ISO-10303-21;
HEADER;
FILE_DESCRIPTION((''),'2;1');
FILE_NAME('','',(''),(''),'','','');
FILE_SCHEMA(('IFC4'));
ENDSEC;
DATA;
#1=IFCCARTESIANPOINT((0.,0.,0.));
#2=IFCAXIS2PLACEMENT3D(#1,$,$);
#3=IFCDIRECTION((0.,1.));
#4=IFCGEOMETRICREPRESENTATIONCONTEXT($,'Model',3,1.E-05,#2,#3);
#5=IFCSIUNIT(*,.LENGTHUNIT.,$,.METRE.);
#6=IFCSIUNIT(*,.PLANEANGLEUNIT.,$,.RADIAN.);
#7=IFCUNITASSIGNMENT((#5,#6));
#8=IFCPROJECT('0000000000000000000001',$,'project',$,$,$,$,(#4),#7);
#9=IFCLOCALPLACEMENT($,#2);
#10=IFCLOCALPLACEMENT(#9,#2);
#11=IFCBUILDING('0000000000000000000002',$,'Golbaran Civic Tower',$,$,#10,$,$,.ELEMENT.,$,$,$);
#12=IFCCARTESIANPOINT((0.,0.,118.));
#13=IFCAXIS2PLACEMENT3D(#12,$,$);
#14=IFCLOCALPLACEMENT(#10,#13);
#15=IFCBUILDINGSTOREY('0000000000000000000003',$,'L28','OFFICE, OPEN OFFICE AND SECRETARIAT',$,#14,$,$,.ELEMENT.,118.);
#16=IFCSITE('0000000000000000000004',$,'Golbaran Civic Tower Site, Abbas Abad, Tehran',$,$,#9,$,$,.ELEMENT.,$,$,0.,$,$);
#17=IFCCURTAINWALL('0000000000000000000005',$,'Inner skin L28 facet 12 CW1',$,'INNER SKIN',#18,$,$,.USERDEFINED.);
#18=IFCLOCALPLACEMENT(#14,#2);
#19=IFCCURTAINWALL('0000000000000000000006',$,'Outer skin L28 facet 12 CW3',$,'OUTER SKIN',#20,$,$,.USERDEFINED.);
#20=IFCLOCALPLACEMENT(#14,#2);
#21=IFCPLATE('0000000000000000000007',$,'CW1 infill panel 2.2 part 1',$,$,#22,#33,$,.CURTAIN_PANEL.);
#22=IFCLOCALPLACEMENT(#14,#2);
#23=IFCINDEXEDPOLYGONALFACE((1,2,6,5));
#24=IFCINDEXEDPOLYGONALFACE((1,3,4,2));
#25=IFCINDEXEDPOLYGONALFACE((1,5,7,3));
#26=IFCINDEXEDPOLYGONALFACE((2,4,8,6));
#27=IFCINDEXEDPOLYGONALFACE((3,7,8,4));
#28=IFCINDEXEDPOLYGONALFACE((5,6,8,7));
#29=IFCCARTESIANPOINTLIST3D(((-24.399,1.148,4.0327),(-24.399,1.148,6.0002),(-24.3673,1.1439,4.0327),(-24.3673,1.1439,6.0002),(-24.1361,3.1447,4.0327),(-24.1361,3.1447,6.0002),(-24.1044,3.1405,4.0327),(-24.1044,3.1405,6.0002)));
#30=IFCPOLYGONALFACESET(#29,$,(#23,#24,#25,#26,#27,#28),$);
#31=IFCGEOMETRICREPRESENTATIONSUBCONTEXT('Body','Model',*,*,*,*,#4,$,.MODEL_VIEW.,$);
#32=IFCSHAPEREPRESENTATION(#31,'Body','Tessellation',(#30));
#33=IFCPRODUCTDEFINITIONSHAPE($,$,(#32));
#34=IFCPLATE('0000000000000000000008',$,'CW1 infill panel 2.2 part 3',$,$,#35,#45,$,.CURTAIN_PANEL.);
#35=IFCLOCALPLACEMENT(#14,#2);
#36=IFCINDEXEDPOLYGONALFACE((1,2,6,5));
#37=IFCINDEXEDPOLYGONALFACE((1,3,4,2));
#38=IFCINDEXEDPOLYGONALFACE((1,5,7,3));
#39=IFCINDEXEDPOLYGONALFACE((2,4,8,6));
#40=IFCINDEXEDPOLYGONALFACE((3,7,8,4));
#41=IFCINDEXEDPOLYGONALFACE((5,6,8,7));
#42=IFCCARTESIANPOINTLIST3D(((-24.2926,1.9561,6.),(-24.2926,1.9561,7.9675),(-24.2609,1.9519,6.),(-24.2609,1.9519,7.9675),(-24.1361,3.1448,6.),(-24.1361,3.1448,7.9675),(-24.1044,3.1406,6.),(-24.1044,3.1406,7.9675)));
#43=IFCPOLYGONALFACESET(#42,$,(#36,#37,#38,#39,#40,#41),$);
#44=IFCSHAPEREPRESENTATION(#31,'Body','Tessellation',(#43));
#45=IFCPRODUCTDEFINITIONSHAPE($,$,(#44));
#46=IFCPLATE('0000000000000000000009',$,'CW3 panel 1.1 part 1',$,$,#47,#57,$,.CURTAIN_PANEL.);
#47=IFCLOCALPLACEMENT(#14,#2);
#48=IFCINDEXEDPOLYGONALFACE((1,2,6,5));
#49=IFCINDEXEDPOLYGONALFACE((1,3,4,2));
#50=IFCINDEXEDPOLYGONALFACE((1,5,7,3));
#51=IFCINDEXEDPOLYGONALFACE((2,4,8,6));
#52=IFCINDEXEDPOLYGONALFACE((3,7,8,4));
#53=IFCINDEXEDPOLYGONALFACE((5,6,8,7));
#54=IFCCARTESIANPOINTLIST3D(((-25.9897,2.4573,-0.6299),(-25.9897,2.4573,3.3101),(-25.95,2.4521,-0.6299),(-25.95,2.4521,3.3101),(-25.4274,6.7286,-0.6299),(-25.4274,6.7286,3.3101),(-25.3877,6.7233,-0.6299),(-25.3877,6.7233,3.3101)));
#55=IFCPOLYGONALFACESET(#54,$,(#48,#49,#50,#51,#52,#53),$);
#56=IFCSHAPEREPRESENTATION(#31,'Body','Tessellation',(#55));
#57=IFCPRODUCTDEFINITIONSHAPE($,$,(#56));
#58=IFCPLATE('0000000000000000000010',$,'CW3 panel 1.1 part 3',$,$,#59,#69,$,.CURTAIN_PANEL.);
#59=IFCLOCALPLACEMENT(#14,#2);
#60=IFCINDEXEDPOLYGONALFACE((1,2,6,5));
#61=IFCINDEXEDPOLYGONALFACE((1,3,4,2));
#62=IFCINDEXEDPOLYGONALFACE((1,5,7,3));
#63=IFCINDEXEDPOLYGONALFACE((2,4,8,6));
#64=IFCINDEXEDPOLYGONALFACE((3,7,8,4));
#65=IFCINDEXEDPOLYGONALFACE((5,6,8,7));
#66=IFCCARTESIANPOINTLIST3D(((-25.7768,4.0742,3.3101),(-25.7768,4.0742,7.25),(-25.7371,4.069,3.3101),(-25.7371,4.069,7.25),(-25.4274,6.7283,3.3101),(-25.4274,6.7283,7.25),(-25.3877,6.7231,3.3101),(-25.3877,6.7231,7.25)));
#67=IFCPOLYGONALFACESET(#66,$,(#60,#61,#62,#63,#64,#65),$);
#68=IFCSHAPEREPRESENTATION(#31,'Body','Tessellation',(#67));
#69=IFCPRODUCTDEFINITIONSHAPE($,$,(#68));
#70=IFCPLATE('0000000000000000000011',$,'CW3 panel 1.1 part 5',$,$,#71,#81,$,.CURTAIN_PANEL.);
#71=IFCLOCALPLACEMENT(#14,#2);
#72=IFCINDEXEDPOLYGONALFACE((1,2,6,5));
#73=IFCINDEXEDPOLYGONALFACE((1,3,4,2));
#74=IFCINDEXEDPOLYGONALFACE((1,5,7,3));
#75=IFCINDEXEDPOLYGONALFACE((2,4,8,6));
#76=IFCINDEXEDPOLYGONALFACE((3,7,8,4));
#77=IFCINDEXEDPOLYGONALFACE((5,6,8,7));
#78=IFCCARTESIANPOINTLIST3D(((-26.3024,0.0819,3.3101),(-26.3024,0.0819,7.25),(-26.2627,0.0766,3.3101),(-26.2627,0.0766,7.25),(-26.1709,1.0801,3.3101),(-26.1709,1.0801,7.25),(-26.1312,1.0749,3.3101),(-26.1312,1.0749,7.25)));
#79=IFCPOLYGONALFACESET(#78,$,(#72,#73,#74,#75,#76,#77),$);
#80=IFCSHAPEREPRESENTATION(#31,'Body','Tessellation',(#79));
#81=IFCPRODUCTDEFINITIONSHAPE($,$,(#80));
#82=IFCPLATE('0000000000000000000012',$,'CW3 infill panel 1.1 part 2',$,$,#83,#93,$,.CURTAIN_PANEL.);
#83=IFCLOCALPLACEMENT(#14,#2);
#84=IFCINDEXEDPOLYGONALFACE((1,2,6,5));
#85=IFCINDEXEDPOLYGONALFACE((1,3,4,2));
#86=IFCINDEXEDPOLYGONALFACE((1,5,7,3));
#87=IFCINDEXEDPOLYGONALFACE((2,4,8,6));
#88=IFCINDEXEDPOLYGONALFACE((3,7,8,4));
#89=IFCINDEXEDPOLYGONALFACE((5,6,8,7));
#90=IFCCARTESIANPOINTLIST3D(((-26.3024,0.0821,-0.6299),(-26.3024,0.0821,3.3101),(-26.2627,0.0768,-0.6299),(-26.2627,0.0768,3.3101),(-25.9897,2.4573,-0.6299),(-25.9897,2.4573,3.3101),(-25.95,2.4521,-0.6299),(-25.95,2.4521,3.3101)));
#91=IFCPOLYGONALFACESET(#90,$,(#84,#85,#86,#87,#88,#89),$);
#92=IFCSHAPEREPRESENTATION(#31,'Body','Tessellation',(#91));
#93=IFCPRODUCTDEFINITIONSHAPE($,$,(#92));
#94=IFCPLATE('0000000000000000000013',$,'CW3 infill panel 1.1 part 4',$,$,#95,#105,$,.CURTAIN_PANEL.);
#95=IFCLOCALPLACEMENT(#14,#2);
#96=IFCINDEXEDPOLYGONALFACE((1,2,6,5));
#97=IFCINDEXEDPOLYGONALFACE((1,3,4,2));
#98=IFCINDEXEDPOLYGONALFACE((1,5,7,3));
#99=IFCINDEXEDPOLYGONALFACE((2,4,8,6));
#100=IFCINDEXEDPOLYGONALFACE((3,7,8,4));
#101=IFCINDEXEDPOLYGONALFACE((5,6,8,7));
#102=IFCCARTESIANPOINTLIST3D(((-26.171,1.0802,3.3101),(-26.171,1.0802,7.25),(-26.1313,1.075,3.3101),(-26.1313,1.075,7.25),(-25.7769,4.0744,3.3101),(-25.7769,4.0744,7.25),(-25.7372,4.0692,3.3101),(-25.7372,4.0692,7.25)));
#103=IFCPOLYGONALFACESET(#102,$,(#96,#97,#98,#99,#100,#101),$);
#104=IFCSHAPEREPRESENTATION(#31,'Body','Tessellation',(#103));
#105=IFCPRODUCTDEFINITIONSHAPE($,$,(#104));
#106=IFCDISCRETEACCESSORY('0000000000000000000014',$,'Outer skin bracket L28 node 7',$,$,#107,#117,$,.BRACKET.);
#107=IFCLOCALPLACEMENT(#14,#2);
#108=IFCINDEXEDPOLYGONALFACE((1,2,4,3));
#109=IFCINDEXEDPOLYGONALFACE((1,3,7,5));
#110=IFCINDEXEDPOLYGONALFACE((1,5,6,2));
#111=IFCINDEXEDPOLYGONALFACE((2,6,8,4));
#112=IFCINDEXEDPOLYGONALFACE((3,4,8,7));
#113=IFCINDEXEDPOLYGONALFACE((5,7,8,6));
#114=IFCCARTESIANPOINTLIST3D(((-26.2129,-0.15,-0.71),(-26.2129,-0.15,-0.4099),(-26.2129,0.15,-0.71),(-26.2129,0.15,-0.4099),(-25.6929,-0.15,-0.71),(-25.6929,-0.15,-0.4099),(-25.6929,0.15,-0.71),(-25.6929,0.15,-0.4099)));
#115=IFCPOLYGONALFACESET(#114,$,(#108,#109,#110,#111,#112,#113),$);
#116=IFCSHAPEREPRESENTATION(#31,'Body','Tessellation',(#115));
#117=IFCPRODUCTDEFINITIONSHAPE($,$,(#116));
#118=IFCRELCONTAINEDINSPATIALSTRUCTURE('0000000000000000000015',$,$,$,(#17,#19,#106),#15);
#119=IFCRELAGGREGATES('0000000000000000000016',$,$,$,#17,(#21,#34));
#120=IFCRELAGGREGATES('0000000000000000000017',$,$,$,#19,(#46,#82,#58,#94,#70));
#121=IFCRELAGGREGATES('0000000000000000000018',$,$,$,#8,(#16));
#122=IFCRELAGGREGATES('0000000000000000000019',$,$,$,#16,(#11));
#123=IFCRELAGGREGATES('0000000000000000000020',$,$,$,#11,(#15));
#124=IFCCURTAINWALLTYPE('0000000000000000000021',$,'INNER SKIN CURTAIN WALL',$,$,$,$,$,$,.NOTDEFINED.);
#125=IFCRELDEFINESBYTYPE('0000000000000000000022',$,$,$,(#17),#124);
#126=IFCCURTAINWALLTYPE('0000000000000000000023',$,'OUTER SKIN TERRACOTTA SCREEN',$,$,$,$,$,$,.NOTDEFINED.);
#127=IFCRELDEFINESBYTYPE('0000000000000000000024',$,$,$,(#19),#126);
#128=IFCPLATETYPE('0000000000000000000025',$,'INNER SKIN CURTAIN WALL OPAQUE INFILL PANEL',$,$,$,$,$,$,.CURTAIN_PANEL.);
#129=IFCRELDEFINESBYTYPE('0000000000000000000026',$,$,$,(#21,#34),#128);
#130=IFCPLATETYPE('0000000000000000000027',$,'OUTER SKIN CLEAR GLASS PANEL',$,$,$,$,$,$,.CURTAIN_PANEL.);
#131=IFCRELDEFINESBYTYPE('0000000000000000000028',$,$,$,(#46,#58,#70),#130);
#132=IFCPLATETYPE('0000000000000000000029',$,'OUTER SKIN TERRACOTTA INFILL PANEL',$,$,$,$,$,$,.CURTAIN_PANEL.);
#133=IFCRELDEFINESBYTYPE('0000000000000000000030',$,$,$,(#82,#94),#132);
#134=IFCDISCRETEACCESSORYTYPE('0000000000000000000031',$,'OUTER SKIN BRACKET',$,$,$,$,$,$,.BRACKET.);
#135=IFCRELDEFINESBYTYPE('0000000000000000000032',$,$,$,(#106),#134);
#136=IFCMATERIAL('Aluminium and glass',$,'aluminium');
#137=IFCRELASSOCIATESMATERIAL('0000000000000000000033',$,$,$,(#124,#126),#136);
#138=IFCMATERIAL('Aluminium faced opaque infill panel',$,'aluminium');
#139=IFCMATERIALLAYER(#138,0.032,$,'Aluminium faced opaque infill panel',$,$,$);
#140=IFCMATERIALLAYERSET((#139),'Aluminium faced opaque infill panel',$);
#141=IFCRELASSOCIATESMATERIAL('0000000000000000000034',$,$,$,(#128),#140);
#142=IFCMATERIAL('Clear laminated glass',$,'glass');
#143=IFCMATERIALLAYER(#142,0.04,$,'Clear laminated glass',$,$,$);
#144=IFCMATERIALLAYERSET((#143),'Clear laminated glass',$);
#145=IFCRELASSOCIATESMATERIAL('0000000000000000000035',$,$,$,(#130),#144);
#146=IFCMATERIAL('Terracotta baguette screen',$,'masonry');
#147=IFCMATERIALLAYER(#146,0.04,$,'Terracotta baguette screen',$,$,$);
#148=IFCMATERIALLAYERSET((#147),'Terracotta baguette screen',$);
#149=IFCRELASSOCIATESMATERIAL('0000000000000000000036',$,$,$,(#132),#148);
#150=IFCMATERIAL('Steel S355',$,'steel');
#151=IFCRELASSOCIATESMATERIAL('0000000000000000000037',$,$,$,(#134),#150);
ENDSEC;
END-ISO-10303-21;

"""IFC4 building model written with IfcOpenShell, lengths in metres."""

from ifc_helpers import new_model, si_unit, direction, frame, origin, origin_2d, place, context, subcontext, project, spatial, rectangle, extrude, material, layer, layer_set, type_object, element, aggregate, save


model = new_model("IFC4")

# Units and contexts
model_context = context("Model", 3, precision=1e-05, world=origin(), true_north=direction((0.0, 1.0)))
body_context = subcontext(model_context, "Body", "Model", "MODEL_VIEW")
ifc_project = project(units=[si_unit("LENGTHUNIT", "METRE"), si_unit("PLANEANGLEUNIT", "RADIAN")], contexts=[model_context])

# Site, building, storey
site_placement = place(None, origin())
site = spatial("IfcSite", under=ifc_project, at=site_placement, Name="Golbaran Civic Tower Site, Abbas Abad, Tehran", CompositionType="ELEMENT", RefElevation=0.0)
building_placement = place(site_placement, origin())
building = spatial("IfcBuilding", under=site, at=building_placement, Name="Golbaran Civic Tower", CompositionType="ELEMENT")
storey_placement = place(building_placement, frame((0.0, 0.0, 118.0)))
storey = spatial("IfcBuildingStorey", under=building, at=storey_placement, Name="L28", Description="OFFICE, OPEN OFFICE AND SECRETARIAT", CompositionType="ELEMENT", Elevation=118.0)

# Shared definitions
ifc_material_1 = material(Name="Steel S355", Category="steel")

# Curtain wall
ifc_material_2 = material(Name="Aluminium and glass", Category="aluminium")
curtain_wall_type_1 = type_object("IfcCurtainWallType", Name="INNER SKIN CURTAIN WALL", PredefinedType="NOTDEFINED", material=ifc_material_2)
curtain_wall_1_placement = place(storey_placement, origin())
curtain_wall_1 = element("IfcCurtainWall", 1, at=curtain_wall_1_placement, inside=storey, type_object=curtain_wall_type_1, Name="Inner skin L28 facet 12 CW1", ObjectType="INNER SKIN", PredefinedType="USERDEFINED")
curtain_wall_type_2 = type_object("IfcCurtainWallType", Name="OUTER SKIN TERRACOTTA SCREEN", PredefinedType="NOTDEFINED", material=ifc_material_2)

# Curtain wall
curtain_wall_2_placement = place(storey_placement, origin())
curtain_wall_2 = element("IfcCurtainWall", 2, at=curtain_wall_2_placement, inside=storey, type_object=curtain_wall_type_2, Name="Outer skin L28 facet 12 CW3", ObjectType="OUTER SKIN", PredefinedType="USERDEFINED")

# Plates
ifc_material_3 = material(Name="Aluminium faced opaque infill panel", Category="aluminium")
ifc_layer_1 = layer(ifc_material_3, 0.032, Name="Aluminium faced opaque infill panel")
ifc_layer_set_1 = layer_set([ifc_layer_1], Name="Aluminium faced opaque infill panel")
plate_type_1 = type_object("IfcPlateType", Name="INNER SKIN CURTAIN WALL OPAQUE INFILL PANEL", PredefinedType="CURTAIN_PANEL", material=ifc_layer_set_1)
plate_1_placement = place(storey_placement, frame((-24.2517, 2.1443, 4.0327), z_axis=(0.0, 0.0, 1.0), x_axis=(-0.130526, -0.991445, 0.0)))
plate_1 = element("IfcPlate", 3, at=plate_1_placement, type_object=plate_type_1, Name="CW1 infill panel 2.2 part 1", PredefinedType="CURTAIN_PANEL", context=body_context, shape_type="SweptSolid", body=[
    extrude(rectangle(XDim=2.0139, YDim=0.032, at=origin_2d()), origin(), (0.0, 0.0, 1.0), 1.9675),
])
plate_2_placement = place(storey_placement, frame((-24.1985, 2.5483, 6.0), z_axis=(0.0, 0.0, 1.0), x_axis=(-0.130526, -0.991445, 0.0)))
plate_2 = element("IfcPlate", 4, at=plate_2_placement, type_object=plate_type_1, Name="CW1 infill panel 2.2 part 3", PredefinedType="CURTAIN_PANEL", context=body_context, shape_type="SweptSolid", body=[
    extrude(rectangle(XDim=1.199, YDim=0.032, at=origin_2d()), origin(), (0.0, 0.0, 1.0), 1.9675),
])
aggregate(curtain_wall_1, [plate_1, plate_2])
ifc_material_4 = material(Name="Clear laminated glass", Category="glass")
ifc_layer_2 = layer(ifc_material_4, 0.04, Name="Clear laminated glass")
ifc_layer_set_2 = layer_set([ifc_layer_2], Name="Clear laminated glass")
plate_type_2 = type_object("IfcPlateType", Name="OUTER SKIN CLEAR GLASS PANEL", PredefinedType="CURTAIN_PANEL", material=ifc_layer_set_2)
plate_3_placement = place(storey_placement, frame((-25.6887, 4.5903, -0.6299), z_axis=(0.0, 0.0, 1.0), x_axis=(-0.130526, -0.991445, 0.0)))
plate_3 = element("IfcPlate", 5, at=plate_3_placement, type_object=plate_type_2, Name="CW3 panel 1.1 part 1", PredefinedType="CURTAIN_PANEL", context=body_context, shape_type="SweptSolid", body=[
    extrude(rectangle(XDim=4.3081, YDim=0.04, at=origin_2d()), origin(), (0.0, 0.0, 1.0), 3.9399),
])
plate_4_placement = place(storey_placement, frame((-25.5823, 5.3987, 3.3101), z_axis=(0.0, 0.0, 1.0), x_axis=(-0.130526, -0.991445, 0.0)))
plate_4 = element("IfcPlate", 6, at=plate_4_placement, type_object=plate_type_2, Name="CW3 panel 1.1 part 3", PredefinedType="CURTAIN_PANEL", context=body_context, shape_type="SweptSolid", body=[
    extrude(rectangle(XDim=2.677, YDim=0.04, at=origin_2d()), origin(), (0.0, 0.0, 1.0), 3.9399),
])
plate_5_placement = place(storey_placement, frame((-26.2168, 0.5784, 3.3101), z_axis=(0.0, 0.0, 1.0), x_axis=(-0.130526, -0.991445, 0.0)))
plate_5 = element("IfcPlate", 7, at=plate_5_placement, type_object=plate_type_2, Name="CW3 panel 1.1 part 5", PredefinedType="CURTAIN_PANEL", context=body_context, shape_type="SweptSolid", body=[
    extrude(rectangle(XDim=1.0068, YDim=0.04, at=origin_2d()), origin(), (0.0, 0.0, 1.0), 3.9399),
])
ifc_material_5 = material(Name="Terracotta baguette screen", Category="masonry")
ifc_layer_3 = layer(ifc_material_5, 0.04, Name="Terracotta baguette screen")
ifc_layer_set_3 = layer_set([ifc_layer_3], Name="Terracotta baguette screen")
plate_type_3 = type_object("IfcPlateType", Name="OUTER SKIN TERRACOTTA INFILL PANEL", PredefinedType="CURTAIN_PANEL", material=ifc_layer_set_3)
plate_6_placement = place(storey_placement, frame((-26.1262, 1.2671, -0.6299), z_axis=(0.0, 0.0, 1.0), x_axis=(-0.130526, -0.991445, 0.0)))
plate_6 = element("IfcPlate", 8, at=plate_6_placement, type_object=plate_type_3, Name="CW3 infill panel 1.1 part 2", PredefinedType="CURTAIN_PANEL", context=body_context, shape_type="SweptSolid", body=[
    extrude(rectangle(XDim=2.3958, YDim=0.04, at=origin_2d()), origin(), (0.0, 0.0, 1.0), 3.9399),
])
plate_7_placement = place(storey_placement, frame((-25.9541, 2.5747, 3.3101), z_axis=(0.0, 0.0, 1.0), x_axis=(-0.130526, -0.991445, 0.0)))
plate_7 = element("IfcPlate", 9, at=plate_7_placement, type_object=plate_type_3, Name="CW3 infill panel 1.1 part 4", PredefinedType="CURTAIN_PANEL", context=body_context, shape_type="SweptSolid", body=[
    extrude(rectangle(XDim=3.02, YDim=0.04, at=origin_2d()), origin(), (0.0, 0.0, 1.0), 3.9399),
])
aggregate(curtain_wall_2, [plate_3, plate_6, plate_4, plate_7, plate_5])

# Discrete accessory
discrete_accessory_type = type_object("IfcDiscreteAccessoryType", Name="OUTER SKIN BRACKET", PredefinedType="BRACKET", material=ifc_material_1)
discrete_accessory_placement = place(storey_placement, frame((-25.9529, 0.0, -0.71), z_axis=(0.0, 0.0, 1.0), x_axis=(-1.0, 0.0, 0.0)))
element("IfcDiscreteAccessory", 10, at=discrete_accessory_placement, inside=storey, type_object=discrete_accessory_type, Name="Outer skin bracket L28 node 7", PredefinedType="BRACKET", context=body_context, shape_type="SweptSolid", body=[
    extrude(rectangle(XDim=0.52, YDim=0.3, at=origin_2d()), origin(), (0.0, 0.0, 1.0), 0.3),
])

save(model, "model.ifc")
